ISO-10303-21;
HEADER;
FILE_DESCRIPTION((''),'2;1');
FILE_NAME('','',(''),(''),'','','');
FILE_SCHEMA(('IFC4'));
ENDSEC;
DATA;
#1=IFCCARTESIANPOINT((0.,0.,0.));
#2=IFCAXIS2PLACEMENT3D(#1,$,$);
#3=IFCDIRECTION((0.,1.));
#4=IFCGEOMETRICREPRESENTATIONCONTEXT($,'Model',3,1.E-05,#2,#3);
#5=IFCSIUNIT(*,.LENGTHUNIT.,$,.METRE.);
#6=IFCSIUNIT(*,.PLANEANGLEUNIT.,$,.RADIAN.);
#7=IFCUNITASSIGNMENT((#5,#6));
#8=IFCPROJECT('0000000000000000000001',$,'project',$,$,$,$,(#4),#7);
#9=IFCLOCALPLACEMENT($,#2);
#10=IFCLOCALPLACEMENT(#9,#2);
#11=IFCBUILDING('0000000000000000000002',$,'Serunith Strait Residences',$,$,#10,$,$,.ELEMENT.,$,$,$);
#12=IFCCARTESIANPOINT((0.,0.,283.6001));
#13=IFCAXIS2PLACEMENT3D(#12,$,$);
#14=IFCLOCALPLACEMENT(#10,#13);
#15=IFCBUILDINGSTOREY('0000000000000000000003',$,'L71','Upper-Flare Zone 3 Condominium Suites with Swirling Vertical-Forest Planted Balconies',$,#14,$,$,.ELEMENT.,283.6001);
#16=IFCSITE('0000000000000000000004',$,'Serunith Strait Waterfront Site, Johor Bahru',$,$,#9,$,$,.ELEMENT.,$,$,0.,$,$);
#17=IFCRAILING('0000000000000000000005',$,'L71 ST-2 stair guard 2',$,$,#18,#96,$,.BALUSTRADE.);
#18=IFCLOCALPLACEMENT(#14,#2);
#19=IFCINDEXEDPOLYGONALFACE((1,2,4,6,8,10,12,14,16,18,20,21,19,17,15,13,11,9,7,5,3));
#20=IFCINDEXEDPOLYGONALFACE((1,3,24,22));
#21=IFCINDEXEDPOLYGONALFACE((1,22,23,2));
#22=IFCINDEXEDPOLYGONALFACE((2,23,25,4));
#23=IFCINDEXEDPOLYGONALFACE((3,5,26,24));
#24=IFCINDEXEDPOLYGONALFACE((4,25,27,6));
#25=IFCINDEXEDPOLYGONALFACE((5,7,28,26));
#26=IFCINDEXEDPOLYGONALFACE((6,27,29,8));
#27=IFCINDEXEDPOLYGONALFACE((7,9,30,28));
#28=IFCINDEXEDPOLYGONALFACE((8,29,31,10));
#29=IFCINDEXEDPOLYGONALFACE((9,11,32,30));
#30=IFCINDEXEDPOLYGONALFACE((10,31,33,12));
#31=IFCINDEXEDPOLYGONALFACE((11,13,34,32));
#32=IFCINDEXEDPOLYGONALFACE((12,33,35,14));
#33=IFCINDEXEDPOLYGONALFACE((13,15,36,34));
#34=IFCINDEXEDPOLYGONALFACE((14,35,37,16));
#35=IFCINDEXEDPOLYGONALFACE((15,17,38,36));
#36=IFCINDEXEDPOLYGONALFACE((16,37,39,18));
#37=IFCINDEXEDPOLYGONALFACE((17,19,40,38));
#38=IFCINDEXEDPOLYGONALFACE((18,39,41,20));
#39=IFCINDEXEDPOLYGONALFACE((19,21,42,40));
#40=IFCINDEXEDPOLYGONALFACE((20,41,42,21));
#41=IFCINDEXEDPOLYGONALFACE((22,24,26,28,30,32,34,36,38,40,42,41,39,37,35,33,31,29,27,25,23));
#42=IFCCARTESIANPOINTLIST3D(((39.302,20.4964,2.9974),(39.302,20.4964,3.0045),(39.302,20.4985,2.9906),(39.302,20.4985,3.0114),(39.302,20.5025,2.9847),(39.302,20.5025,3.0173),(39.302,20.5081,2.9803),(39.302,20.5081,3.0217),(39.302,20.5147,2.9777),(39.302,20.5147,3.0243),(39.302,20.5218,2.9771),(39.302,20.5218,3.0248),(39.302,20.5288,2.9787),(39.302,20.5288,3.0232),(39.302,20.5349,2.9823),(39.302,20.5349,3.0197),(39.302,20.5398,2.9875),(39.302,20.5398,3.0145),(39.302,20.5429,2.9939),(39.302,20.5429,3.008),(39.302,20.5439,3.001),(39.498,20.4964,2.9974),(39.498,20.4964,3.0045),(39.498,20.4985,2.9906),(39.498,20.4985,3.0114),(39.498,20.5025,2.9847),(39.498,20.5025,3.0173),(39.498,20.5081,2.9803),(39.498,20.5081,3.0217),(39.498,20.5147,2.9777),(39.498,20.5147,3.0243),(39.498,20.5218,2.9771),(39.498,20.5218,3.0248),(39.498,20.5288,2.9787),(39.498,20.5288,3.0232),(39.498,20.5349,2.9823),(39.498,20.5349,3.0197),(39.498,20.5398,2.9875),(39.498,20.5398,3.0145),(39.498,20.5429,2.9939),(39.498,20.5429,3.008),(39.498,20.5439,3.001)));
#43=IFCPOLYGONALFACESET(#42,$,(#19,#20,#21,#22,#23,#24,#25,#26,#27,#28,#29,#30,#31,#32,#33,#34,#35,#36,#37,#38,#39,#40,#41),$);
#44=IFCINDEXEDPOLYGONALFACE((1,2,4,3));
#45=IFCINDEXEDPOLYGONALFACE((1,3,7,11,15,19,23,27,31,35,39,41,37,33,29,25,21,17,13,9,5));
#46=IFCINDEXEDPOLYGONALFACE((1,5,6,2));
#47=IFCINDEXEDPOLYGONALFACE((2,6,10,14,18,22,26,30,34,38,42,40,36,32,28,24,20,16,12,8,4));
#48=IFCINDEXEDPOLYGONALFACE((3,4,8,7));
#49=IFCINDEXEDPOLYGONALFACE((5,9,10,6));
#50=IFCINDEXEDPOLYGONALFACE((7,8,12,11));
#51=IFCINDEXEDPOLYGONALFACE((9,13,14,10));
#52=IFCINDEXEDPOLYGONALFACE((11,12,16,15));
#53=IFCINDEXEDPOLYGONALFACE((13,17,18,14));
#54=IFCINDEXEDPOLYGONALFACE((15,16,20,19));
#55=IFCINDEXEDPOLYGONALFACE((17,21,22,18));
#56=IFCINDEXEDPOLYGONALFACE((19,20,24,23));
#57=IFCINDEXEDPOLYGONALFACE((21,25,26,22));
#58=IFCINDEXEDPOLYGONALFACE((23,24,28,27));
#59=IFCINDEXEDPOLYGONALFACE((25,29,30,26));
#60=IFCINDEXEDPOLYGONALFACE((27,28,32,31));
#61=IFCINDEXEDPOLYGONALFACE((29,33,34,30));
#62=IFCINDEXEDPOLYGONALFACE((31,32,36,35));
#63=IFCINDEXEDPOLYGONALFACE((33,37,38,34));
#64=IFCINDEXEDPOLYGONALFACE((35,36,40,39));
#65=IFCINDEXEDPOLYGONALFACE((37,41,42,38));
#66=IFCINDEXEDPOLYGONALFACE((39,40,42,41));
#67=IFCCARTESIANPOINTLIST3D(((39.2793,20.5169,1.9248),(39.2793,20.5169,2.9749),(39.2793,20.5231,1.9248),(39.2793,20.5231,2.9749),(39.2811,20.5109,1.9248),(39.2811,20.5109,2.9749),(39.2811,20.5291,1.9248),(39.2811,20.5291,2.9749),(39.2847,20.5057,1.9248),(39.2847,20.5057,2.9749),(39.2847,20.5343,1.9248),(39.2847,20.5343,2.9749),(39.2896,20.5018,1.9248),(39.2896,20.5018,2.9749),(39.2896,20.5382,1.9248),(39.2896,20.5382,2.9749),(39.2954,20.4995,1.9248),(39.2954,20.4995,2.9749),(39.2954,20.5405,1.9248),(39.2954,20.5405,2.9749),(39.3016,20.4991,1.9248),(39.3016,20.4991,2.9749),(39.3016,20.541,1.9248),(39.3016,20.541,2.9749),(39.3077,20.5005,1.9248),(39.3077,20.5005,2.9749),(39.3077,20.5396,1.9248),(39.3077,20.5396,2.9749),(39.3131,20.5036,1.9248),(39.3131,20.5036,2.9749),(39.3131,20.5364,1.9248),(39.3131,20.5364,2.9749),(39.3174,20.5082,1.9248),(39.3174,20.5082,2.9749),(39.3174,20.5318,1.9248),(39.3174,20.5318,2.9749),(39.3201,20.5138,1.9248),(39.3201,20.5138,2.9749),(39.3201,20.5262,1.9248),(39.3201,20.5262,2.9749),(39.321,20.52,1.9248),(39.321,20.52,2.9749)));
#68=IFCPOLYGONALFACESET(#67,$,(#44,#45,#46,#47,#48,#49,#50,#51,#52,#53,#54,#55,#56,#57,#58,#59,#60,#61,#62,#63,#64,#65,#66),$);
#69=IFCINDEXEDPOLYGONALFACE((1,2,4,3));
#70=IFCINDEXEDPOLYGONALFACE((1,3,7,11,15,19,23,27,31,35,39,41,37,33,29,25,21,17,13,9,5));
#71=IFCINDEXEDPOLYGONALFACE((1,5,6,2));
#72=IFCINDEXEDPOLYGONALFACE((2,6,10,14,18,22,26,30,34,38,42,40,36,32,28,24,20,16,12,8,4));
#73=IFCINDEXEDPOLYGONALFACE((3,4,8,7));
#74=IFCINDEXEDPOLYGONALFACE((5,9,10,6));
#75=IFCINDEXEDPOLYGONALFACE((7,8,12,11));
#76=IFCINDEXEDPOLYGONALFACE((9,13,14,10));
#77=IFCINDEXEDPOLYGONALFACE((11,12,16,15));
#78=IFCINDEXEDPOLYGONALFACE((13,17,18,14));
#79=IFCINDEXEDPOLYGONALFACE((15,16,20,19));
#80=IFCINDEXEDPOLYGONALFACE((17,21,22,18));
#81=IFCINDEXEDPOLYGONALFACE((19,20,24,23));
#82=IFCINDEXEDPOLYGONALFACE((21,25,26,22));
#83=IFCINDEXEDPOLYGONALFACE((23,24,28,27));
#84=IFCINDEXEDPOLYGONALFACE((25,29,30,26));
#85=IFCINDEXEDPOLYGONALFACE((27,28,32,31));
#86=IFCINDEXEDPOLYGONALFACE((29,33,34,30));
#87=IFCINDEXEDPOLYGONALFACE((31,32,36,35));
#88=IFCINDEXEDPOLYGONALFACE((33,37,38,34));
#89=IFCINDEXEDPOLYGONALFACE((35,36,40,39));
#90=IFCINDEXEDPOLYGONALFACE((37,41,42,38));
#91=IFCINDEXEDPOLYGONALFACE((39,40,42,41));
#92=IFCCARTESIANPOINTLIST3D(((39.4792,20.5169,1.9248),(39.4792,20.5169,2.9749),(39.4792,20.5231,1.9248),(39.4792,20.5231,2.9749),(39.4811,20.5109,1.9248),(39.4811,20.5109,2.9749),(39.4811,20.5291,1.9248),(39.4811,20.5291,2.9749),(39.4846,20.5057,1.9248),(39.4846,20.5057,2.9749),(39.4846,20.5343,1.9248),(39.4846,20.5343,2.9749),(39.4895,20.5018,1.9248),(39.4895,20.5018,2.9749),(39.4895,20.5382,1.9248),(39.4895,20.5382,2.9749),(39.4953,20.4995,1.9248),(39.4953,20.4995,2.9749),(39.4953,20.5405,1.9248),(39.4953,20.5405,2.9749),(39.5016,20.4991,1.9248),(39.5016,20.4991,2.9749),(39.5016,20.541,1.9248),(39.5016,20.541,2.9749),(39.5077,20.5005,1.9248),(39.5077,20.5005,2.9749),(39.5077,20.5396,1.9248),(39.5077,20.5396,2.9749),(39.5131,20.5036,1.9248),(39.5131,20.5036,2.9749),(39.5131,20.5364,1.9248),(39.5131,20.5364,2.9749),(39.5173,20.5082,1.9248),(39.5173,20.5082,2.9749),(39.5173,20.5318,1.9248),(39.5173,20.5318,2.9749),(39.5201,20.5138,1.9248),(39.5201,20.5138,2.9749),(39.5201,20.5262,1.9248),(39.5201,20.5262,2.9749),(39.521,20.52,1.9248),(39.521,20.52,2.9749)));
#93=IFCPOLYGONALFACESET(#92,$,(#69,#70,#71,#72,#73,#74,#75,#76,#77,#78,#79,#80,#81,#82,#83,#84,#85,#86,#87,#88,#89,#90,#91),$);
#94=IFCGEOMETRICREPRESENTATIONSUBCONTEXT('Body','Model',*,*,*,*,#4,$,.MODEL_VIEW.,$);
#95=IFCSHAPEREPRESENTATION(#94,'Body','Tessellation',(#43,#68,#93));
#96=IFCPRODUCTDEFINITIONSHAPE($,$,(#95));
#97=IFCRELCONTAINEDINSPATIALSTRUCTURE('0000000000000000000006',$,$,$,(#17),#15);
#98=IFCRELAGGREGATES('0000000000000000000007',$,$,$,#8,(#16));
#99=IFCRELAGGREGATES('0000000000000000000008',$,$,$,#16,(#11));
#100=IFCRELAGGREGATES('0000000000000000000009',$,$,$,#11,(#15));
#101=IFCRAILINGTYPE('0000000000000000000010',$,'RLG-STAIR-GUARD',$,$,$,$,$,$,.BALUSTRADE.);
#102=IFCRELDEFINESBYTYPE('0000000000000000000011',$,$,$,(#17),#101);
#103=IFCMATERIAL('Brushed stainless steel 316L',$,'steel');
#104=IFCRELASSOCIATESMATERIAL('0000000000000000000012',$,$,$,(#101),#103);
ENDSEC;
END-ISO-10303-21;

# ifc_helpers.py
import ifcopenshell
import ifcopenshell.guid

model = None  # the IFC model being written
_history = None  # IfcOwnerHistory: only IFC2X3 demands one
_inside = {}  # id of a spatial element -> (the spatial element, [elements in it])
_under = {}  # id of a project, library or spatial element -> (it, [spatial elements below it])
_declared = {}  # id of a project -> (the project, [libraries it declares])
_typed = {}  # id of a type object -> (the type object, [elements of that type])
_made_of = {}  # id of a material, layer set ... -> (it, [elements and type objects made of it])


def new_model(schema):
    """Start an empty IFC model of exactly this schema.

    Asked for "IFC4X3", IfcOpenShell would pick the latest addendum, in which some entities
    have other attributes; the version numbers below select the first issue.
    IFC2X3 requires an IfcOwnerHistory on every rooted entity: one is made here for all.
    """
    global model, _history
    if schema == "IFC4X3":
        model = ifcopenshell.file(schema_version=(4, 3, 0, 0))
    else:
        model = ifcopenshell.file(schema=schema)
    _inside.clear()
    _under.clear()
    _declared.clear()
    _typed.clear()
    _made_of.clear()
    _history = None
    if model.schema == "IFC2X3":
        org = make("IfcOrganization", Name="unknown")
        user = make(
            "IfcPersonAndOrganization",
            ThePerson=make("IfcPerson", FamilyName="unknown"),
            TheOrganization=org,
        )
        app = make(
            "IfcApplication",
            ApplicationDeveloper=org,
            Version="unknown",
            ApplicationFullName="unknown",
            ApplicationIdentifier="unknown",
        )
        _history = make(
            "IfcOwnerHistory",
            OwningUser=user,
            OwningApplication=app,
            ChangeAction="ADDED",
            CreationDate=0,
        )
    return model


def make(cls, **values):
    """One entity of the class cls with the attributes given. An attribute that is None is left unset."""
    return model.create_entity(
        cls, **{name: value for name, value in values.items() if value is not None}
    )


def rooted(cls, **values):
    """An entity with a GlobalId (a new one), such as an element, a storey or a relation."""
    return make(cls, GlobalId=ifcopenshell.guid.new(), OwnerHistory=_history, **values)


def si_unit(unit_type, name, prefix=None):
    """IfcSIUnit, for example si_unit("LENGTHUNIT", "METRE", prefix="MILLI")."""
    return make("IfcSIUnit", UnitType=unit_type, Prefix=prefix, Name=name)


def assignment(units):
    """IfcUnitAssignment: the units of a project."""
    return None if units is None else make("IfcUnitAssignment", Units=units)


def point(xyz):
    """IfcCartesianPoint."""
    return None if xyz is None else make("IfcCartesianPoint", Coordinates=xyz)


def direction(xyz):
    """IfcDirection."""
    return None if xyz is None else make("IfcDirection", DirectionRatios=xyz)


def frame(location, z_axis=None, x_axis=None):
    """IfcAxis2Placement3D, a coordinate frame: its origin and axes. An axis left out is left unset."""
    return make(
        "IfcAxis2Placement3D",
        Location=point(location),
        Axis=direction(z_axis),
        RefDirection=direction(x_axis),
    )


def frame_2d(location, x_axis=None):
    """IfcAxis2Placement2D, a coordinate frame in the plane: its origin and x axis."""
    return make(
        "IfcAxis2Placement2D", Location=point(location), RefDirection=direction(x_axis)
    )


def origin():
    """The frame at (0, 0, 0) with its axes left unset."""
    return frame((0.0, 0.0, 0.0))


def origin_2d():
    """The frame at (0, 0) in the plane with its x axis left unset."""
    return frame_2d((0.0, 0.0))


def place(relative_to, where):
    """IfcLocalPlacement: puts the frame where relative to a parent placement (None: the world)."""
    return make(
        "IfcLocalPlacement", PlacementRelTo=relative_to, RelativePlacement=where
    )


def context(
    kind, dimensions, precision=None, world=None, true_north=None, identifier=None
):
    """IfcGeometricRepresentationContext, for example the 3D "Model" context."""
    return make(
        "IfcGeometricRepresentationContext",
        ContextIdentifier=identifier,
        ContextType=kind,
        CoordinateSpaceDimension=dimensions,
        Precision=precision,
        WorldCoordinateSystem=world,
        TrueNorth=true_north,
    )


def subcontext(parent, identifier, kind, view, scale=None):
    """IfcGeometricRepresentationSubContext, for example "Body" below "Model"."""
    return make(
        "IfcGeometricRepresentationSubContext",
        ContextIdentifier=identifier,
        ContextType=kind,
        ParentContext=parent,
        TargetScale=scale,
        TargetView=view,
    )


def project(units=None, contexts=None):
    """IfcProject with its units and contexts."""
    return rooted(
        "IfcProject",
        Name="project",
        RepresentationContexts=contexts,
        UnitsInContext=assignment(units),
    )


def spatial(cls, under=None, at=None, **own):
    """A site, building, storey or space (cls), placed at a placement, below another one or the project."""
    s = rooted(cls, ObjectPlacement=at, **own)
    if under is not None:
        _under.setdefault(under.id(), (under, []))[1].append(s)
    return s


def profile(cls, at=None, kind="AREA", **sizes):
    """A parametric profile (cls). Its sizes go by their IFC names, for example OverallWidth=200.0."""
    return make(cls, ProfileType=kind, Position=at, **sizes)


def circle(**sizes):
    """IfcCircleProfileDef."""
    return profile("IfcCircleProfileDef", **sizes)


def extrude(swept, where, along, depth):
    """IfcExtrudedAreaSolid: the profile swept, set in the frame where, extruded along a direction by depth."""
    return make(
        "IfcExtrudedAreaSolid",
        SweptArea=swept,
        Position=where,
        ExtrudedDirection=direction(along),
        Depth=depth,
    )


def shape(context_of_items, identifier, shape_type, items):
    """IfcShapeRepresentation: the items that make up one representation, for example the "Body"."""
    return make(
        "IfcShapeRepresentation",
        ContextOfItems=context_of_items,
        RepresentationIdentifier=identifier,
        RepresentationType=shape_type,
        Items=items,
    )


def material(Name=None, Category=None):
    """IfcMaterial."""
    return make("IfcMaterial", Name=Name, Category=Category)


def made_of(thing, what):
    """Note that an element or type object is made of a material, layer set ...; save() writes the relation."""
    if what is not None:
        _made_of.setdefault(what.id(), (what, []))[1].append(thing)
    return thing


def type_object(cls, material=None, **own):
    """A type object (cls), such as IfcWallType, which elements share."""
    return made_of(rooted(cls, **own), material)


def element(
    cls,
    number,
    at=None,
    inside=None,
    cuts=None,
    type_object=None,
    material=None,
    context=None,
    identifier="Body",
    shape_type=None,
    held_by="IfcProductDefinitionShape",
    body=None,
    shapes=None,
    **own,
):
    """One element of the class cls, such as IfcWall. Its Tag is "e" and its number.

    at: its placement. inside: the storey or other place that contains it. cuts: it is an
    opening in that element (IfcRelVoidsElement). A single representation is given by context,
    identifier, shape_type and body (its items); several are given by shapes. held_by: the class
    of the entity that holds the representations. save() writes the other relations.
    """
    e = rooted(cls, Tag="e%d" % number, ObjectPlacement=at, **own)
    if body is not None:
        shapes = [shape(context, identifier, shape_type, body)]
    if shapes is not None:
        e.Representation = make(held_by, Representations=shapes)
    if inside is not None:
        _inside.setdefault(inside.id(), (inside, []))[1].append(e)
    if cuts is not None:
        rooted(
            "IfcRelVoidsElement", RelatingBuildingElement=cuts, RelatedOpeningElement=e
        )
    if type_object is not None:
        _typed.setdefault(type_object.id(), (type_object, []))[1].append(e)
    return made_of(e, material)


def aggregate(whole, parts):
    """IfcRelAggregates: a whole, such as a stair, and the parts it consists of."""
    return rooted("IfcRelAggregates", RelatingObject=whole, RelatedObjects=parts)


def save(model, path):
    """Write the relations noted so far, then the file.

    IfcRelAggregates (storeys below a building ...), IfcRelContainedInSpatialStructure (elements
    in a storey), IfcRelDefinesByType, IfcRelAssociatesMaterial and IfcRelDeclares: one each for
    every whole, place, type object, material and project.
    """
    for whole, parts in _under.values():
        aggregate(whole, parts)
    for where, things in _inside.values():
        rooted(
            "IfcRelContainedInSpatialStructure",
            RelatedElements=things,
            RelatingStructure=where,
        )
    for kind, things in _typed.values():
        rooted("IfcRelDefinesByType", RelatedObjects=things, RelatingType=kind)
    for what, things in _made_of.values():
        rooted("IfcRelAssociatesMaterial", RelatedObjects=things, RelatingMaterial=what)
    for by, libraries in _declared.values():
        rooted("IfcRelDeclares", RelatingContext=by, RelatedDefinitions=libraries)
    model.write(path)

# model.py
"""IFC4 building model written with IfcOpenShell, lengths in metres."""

from ifc_helpers import new_model, si_unit, direction, frame, origin, origin_2d, place, context, subcontext, project, spatial, circle, extrude, material, type_object, element, save


model = new_model("IFC4")

# Units and contexts
model_context = context("Model", 3, precision=1e-05, world=origin(), true_north=direction((0.0, 1.0)))
body_context = subcontext(model_context, "Body", "Model", "MODEL_VIEW")
ifc_project = project(units=[si_unit("LENGTHUNIT", "METRE"), si_unit("PLANEANGLEUNIT", "RADIAN")], contexts=[model_context])

# Site, building, storey
site_placement = place(None, origin())
site = spatial("IfcSite", under=ifc_project, at=site_placement, Name="Serunith Strait Waterfront Site, Johor Bahru", CompositionType="ELEMENT", RefElevation=0.0)
building_placement = place(site_placement, origin())
building = spatial("IfcBuilding", under=site, at=building_placement, Name="Serunith Strait Residences", CompositionType="ELEMENT")
storey_placement = place(building_placement, frame((0.0, 0.0, 283.6001)))
storey = spatial("IfcBuildingStorey", under=building, at=storey_placement, Name="L71", Description="Upper-Flare Zone 3 Condominium Suites with Swirling Vertical-Forest Planted Balconies", CompositionType="ELEMENT", Elevation=283.6001)

# Railing
ifc_material_1 = material(Name="Brushed stainless steel 316L", Category="steel")
railing_type_1 = type_object("IfcRailingType", Name="RLG-STAIR-GUARD", PredefinedType="BALUSTRADE", material=ifc_material_1)
railing_1_placement = place(storey_placement, frame((39.3, 20.52, 1.9248)))
element("IfcRailing", 1, at=railing_1_placement, inside=storey, type_object=railing_type_1, Name="L71 ST-2 stair guard 2", PredefinedType="BALUSTRADE", context=body_context, shape_type="SweptSolid", body=[
    extrude(circle(Radius=0.0239, at=origin_2d()), frame((0.002, 0.0, 1.0762), z_axis=(1.0, 0.0, 0.0), x_axis=(0.0, 1.0, 0.0)), (0.0, 0.0, 1.0), 0.196),
    extrude(circle(Radius=0.021, at=origin_2d()), origin(), (0.0, 0.0, 1.0), 1.05),
    extrude(circle(Radius=0.021, at=origin_2d()), frame((0.2, 0.0, 0.0)), (0.0, 0.0, 1.0), 1.05),
])

save(model, "model.ifc")
